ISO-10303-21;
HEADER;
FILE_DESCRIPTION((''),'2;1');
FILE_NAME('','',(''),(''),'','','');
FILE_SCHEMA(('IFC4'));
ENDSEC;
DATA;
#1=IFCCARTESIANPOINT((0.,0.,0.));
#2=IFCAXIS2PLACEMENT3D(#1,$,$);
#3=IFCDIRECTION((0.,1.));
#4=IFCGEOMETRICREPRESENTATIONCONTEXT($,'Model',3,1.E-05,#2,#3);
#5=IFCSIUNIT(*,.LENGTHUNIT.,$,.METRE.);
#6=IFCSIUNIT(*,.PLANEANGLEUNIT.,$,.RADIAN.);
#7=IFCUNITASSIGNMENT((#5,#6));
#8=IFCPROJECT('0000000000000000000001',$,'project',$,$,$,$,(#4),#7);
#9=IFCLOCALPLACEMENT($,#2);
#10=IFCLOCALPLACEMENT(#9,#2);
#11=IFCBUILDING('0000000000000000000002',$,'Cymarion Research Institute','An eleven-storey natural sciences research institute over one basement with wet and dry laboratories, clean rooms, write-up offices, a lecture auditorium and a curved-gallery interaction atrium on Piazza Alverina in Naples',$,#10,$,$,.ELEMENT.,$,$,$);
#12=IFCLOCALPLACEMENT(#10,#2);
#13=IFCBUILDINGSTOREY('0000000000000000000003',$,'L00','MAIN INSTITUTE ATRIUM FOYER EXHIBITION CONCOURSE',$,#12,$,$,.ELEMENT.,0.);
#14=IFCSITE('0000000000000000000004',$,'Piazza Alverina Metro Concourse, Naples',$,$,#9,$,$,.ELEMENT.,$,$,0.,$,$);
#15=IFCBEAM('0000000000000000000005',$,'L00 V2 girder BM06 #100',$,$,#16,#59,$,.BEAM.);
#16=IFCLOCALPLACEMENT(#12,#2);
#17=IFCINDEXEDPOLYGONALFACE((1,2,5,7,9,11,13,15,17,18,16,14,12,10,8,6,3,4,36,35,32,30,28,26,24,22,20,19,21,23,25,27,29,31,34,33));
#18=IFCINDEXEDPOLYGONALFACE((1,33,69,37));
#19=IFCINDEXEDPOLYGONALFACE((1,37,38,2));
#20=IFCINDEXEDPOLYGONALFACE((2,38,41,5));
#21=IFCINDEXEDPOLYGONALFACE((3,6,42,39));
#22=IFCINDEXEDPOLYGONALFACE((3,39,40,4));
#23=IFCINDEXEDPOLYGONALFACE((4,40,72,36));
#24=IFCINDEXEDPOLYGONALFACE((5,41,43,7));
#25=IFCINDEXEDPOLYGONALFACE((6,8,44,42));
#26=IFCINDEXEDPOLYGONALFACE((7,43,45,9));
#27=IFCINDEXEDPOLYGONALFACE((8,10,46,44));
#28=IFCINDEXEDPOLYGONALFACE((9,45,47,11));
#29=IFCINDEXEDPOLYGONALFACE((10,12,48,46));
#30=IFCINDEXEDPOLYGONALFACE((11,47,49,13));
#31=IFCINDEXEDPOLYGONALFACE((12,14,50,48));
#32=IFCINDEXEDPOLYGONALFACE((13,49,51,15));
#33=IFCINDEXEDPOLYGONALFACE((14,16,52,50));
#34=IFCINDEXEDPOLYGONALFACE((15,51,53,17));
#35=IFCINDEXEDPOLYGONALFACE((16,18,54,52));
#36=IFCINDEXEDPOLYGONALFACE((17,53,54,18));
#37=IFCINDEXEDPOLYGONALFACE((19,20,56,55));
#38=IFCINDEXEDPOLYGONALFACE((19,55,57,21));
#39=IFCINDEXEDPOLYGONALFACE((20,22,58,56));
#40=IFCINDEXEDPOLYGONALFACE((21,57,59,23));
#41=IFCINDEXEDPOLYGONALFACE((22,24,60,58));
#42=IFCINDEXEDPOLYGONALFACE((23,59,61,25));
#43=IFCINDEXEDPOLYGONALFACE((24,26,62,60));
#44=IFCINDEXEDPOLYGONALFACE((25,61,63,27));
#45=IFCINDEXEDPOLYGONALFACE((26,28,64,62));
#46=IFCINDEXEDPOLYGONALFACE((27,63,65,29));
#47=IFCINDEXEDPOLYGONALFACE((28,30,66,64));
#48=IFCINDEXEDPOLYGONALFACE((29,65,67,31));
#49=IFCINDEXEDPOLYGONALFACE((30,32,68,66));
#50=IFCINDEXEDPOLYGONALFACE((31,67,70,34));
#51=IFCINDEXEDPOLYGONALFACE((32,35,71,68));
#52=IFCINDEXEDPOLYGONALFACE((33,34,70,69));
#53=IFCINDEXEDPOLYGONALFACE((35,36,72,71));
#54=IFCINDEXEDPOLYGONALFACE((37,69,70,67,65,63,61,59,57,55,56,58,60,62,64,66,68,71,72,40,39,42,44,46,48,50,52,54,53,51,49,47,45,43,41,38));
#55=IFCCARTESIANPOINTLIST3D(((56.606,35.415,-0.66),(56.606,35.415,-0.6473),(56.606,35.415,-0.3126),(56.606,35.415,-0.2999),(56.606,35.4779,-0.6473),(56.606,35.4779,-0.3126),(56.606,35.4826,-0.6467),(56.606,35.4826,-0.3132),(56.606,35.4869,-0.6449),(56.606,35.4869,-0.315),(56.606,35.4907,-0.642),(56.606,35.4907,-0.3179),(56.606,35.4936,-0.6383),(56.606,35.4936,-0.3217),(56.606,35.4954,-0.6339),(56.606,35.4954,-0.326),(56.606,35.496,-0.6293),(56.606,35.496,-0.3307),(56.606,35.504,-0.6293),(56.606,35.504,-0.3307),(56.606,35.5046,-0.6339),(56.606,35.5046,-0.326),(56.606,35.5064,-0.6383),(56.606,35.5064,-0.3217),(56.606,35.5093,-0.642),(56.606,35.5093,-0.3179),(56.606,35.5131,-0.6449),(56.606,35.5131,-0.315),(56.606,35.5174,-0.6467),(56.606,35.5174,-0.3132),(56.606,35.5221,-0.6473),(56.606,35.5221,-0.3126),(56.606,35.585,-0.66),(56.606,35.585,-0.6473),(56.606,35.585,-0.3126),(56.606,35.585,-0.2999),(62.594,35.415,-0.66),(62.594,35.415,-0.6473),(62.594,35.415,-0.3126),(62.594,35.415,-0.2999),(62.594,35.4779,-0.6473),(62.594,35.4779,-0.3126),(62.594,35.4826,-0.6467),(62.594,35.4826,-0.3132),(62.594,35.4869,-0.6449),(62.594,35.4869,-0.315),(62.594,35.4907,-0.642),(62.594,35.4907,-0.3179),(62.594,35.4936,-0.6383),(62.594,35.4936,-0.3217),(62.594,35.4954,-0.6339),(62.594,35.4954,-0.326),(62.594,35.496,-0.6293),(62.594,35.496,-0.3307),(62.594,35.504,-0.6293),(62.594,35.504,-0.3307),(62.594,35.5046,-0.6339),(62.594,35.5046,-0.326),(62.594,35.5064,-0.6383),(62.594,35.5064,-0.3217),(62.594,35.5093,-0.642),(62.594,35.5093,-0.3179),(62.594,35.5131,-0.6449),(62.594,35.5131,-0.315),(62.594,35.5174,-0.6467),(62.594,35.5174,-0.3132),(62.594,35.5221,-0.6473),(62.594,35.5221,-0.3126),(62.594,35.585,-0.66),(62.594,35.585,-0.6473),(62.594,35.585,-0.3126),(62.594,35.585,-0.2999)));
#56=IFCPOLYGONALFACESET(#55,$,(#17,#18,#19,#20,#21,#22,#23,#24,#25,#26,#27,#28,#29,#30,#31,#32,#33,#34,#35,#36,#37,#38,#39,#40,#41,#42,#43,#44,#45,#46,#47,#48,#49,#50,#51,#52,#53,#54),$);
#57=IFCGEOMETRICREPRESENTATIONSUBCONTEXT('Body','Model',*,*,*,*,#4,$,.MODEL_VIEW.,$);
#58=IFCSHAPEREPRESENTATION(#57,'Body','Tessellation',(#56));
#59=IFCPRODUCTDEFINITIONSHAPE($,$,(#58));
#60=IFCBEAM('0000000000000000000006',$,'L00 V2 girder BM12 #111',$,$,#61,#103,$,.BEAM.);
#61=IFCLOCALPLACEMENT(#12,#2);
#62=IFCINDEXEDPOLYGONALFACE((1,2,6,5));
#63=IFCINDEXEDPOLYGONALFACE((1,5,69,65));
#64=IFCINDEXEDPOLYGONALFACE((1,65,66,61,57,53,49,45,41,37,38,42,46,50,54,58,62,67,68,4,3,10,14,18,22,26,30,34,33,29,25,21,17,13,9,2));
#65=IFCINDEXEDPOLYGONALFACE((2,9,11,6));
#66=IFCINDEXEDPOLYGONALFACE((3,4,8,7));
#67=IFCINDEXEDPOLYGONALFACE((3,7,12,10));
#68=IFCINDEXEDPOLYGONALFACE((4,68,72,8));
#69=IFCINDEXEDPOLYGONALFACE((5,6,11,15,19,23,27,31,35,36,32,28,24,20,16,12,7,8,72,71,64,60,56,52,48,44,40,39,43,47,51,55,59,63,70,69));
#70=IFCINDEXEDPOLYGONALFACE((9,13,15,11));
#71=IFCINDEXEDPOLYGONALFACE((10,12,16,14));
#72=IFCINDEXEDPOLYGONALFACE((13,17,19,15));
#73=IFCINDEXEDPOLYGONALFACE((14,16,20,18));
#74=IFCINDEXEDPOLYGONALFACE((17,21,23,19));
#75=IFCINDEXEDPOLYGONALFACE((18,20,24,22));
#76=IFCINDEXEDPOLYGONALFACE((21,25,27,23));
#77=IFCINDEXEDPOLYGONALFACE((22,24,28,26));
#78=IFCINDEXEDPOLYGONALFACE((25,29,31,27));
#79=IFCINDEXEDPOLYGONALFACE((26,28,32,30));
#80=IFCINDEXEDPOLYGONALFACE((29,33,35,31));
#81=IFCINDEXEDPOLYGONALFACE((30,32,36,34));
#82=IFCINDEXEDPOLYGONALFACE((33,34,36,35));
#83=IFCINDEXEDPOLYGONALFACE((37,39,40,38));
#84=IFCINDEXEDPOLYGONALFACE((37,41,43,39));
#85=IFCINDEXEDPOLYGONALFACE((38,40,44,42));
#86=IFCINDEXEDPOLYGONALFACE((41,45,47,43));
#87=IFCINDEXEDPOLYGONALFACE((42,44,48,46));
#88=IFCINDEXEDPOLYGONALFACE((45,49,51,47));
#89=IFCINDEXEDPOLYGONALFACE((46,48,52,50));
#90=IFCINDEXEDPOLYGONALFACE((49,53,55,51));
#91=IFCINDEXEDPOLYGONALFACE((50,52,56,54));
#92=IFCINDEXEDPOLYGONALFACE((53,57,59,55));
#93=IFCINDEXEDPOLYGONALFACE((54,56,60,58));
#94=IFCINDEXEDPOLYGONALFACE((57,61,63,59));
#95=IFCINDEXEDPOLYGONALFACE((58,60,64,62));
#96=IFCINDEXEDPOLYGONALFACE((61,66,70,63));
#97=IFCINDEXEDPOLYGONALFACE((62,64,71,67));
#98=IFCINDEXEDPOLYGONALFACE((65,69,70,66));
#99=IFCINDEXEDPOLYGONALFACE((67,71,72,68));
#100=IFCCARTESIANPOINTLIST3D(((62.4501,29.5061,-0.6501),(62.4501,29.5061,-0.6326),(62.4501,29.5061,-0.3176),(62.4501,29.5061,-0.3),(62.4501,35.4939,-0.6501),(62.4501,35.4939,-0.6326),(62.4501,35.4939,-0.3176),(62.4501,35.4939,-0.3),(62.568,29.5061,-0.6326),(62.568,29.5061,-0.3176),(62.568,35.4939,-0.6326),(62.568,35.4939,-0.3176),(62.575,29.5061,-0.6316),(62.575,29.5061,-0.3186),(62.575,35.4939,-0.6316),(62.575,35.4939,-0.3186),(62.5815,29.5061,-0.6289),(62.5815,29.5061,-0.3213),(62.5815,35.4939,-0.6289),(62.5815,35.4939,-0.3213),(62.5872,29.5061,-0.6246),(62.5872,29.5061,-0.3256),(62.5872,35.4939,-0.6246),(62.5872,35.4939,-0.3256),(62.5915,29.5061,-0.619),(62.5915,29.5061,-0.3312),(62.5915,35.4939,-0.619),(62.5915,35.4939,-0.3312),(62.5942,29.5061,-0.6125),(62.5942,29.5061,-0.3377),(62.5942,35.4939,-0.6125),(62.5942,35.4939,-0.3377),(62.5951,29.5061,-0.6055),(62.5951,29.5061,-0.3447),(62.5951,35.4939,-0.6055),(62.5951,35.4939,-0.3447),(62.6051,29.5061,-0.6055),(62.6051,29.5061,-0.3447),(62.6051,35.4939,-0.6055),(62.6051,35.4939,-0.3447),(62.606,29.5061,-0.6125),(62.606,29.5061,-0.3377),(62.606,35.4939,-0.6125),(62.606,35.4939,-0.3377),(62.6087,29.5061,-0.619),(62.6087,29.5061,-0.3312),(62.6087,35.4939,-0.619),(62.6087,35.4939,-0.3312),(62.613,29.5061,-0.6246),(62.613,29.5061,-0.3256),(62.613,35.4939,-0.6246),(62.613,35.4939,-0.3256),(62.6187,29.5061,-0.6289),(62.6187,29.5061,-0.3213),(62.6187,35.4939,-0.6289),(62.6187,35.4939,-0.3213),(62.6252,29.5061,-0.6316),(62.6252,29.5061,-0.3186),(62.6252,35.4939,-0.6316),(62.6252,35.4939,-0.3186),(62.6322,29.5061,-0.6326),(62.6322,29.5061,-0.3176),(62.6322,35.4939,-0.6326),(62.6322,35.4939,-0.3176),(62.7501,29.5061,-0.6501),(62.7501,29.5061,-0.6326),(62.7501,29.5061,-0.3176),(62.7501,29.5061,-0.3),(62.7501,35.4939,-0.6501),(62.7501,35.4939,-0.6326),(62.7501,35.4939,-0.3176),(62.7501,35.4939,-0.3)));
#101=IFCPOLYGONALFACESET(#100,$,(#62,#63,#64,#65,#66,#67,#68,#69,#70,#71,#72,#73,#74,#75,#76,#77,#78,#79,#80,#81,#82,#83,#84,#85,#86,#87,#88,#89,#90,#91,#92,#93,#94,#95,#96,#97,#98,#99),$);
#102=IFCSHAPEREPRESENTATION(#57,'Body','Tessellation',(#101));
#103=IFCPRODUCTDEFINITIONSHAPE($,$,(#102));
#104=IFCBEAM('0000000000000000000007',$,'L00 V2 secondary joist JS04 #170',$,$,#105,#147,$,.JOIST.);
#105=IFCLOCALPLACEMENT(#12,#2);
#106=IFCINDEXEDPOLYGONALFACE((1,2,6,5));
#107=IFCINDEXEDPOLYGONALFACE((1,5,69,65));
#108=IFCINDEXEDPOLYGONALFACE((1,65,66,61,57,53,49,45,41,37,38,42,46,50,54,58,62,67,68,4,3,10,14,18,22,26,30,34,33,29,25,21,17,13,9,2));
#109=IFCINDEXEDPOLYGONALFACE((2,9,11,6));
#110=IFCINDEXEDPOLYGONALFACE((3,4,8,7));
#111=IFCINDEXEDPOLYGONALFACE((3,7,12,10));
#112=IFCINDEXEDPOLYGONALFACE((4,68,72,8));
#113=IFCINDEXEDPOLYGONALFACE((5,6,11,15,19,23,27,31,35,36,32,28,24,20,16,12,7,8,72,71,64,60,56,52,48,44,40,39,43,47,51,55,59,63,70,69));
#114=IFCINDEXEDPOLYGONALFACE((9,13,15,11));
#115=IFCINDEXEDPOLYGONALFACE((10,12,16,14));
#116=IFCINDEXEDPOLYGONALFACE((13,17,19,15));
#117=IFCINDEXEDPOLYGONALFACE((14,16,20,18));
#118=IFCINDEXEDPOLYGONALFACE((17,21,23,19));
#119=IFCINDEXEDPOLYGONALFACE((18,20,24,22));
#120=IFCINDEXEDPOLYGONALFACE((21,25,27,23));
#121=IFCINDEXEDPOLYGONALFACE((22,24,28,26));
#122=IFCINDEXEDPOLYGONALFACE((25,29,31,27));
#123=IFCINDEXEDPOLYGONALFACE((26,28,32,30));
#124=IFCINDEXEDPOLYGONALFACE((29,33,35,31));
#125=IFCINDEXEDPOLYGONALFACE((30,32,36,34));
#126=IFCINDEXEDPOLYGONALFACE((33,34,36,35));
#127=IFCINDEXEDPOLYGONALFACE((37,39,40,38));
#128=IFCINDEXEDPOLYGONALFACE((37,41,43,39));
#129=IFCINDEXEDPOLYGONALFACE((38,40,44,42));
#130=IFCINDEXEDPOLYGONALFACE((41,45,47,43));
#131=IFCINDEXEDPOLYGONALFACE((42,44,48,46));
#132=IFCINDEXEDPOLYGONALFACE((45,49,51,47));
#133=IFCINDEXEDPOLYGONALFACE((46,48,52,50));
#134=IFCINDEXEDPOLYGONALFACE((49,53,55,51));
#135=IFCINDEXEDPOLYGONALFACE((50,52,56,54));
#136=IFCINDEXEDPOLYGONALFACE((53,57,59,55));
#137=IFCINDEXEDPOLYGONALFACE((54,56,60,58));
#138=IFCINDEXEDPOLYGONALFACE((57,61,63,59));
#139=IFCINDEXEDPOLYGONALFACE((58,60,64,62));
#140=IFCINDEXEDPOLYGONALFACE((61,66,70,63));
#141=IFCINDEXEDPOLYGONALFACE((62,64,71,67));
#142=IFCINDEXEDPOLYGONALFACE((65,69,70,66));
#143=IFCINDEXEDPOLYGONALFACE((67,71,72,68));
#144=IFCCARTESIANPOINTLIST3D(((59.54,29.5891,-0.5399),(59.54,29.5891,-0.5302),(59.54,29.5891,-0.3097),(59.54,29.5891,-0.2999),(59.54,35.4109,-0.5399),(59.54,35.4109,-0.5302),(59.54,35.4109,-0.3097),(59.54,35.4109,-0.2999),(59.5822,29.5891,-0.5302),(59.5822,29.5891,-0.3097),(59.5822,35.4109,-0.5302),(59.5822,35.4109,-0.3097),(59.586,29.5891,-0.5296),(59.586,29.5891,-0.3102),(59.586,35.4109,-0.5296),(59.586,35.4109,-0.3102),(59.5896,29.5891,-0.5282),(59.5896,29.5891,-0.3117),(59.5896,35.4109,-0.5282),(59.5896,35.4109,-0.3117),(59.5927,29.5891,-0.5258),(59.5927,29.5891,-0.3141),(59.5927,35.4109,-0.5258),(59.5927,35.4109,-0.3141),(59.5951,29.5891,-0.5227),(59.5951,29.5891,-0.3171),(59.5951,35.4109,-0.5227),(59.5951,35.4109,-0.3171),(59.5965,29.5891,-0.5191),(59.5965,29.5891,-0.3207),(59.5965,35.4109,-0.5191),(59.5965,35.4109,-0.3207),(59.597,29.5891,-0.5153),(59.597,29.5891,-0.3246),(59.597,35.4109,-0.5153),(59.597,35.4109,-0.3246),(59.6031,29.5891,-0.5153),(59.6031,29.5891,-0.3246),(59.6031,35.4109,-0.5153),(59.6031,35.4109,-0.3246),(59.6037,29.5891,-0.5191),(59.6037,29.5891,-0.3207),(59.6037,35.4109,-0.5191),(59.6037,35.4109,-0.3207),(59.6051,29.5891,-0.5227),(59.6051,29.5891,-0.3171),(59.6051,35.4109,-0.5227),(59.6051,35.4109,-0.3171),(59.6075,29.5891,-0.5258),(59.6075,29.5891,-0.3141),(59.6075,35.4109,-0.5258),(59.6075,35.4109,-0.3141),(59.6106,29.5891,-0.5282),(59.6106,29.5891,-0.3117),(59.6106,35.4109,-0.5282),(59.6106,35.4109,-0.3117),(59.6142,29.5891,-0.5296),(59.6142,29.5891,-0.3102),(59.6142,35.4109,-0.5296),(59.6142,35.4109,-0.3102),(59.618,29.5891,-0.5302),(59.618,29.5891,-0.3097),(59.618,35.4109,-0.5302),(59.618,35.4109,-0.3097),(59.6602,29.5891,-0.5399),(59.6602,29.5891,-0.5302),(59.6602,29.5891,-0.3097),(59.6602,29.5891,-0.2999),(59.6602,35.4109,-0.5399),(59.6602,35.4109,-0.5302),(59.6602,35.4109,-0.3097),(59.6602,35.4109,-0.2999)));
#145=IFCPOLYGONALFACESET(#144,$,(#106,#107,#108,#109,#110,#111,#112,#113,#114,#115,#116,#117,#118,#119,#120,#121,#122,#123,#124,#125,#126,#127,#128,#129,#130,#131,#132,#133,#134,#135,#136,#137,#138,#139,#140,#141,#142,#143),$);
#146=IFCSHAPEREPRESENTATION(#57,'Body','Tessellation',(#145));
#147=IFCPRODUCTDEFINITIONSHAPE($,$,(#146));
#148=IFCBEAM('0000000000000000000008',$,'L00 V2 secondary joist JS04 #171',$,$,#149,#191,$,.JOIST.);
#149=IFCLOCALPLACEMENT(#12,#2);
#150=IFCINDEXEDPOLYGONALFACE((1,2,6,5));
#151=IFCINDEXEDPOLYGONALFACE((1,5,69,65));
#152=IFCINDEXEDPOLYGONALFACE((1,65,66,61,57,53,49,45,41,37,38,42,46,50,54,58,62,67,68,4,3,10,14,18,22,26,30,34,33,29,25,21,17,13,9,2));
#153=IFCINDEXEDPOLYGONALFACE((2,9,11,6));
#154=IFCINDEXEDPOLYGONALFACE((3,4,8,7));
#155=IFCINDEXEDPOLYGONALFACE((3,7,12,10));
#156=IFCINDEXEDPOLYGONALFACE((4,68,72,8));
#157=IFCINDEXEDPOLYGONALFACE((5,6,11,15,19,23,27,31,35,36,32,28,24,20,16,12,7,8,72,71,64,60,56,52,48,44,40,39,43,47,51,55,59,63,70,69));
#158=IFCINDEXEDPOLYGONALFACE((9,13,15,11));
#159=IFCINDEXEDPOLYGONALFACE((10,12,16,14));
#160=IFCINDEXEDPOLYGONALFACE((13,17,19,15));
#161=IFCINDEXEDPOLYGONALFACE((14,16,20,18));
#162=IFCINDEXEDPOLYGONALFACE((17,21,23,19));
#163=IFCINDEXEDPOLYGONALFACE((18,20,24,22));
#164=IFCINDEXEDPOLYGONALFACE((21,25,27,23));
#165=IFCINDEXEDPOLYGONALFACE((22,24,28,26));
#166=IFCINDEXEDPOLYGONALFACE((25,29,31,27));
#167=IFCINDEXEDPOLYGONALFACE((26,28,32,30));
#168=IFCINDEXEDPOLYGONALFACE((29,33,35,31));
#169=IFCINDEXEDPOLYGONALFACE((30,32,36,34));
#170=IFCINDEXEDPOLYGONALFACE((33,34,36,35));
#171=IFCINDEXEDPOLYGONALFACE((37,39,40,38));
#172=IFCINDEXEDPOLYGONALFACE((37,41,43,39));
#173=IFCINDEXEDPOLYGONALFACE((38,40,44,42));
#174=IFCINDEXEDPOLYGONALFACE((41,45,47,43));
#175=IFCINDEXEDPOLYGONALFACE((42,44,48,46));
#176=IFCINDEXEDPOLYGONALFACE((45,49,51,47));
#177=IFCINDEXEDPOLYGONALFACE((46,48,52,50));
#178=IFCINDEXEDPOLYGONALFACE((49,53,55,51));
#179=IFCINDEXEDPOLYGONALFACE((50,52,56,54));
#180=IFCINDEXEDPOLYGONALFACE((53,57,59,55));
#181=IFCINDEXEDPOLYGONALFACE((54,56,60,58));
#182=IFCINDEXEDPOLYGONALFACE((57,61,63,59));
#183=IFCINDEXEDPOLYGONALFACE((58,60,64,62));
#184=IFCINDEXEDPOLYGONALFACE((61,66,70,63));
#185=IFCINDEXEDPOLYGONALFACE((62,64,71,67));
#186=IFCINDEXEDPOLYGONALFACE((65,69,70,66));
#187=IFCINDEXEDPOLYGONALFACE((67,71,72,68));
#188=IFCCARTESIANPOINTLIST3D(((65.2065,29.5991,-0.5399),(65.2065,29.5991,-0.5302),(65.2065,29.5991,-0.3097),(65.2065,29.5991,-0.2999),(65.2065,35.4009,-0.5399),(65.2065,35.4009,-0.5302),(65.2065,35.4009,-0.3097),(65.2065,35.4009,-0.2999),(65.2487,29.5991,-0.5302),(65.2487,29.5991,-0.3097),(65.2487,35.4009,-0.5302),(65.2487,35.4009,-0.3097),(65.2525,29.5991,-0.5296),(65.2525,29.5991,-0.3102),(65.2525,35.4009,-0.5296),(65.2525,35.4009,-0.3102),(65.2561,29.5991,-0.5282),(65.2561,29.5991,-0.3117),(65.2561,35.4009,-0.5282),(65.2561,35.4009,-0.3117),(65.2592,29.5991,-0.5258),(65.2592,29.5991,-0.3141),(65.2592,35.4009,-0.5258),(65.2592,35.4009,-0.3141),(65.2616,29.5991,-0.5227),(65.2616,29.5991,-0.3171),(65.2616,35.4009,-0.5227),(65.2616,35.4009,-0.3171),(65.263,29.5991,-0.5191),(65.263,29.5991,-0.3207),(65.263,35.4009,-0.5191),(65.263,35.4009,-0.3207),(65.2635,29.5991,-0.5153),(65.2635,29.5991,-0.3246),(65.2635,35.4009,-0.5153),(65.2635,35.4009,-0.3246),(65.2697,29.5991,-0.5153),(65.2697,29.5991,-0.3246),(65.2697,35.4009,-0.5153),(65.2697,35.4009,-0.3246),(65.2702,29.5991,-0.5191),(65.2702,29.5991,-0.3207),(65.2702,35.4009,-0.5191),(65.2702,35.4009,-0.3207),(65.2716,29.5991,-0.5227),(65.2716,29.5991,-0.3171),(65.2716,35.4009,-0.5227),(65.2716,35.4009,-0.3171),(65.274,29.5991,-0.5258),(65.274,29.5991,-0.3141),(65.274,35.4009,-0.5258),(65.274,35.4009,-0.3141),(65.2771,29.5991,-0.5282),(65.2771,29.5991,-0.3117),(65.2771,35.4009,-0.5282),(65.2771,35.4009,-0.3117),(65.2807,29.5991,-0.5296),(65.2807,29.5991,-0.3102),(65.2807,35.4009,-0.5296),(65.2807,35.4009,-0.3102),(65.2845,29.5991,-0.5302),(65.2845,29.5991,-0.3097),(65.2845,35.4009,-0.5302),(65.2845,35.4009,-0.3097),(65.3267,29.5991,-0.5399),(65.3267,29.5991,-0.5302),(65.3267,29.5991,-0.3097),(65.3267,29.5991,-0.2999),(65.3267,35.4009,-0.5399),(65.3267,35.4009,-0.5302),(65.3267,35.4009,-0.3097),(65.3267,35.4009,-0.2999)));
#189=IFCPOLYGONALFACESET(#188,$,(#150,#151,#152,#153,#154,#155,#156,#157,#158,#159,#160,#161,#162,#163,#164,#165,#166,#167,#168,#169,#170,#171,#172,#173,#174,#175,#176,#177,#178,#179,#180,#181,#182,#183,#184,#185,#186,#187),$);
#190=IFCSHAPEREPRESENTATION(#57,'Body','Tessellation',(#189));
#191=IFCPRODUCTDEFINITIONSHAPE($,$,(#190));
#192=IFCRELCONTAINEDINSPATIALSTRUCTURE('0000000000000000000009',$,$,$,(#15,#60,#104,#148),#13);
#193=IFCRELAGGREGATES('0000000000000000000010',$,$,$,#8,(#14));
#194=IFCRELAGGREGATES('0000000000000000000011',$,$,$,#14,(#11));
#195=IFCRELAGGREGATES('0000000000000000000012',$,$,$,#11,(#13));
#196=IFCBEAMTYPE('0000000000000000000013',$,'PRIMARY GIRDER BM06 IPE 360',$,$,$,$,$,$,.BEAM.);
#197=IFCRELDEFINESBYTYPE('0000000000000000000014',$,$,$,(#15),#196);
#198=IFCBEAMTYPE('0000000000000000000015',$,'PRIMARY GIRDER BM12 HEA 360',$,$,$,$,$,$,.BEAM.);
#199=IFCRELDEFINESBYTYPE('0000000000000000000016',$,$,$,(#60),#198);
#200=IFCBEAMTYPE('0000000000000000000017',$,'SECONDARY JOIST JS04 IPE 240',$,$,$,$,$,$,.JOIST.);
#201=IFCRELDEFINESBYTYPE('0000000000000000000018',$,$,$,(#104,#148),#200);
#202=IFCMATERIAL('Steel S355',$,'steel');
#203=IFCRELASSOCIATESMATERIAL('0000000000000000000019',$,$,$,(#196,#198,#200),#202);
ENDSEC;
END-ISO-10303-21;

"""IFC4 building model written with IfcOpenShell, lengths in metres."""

from ifc_helpers import new_model, si_unit, direction, frame, origin, origin_2d, place, context, subcontext, project, spatial, i_section, extrude, material, material_profile, profile_set, type_object, element, save


model = new_model("IFC4")

# Units and contexts
model_context = context("Model", 3, precision=1e-05, world=origin(), true_north=direction((0.0, 1.0)))
body_context = subcontext(model_context, "Body", "Model", "MODEL_VIEW")
ifc_project = project(units=[si_unit("LENGTHUNIT", "METRE"), si_unit("PLANEANGLEUNIT", "RADIAN")], contexts=[model_context])

# Site, building, storey
site_placement = place(None, origin())
site = spatial("IfcSite", under=ifc_project, at=site_placement, Name="Piazza Alverina Metro Concourse, Naples", CompositionType="ELEMENT", RefElevation=0.0)
building_placement = place(site_placement, origin())
building = spatial("IfcBuilding", under=site, at=building_placement, Name="Cymarion Research Institute", Description="An eleven-storey natural sciences research institute over one basement with wet and dry laboratories, clean rooms, write-up offices, a lecture auditorium and a curved-gallery interaction atrium on Piazza Alverina in Naples", CompositionType="ELEMENT")
storey_placement = place(building_placement, origin())
storey = spatial("IfcBuildingStorey", under=building, at=storey_placement, Name="L00", Description="MAIN INSTITUTE ATRIUM FOYER EXHIBITION CONCOURSE", CompositionType="ELEMENT", Elevation=0.0)

# Shared definitions
ifc_material = material(Name="Steel S355", Category="steel")

# Beams
ifc_material_profile_1 = material_profile(ifc_material, i_section(OverallWidth=0.1699, OverallDepth=0.3601, WebThickness=0.0081, FlangeThickness=0.0127, FilletRadius=0.0181, at=origin_2d()), Name="IPE 360")
ifc_profile_set_1 = profile_set([ifc_material_profile_1], Name="Steel S355")
beam_type_1 = type_object("IfcBeamType", Name="PRIMARY GIRDER BM06 IPE 360", PredefinedType="BEAM", material=ifc_profile_set_1)
beam_1_placement = place(storey_placement, frame((56.606, 35.5, -0.48), z_axis=(1.0, 0.0, 0.0), x_axis=(0.0, 1.0, 0.0)))
element("IfcBeam", 1, at=beam_1_placement, inside=storey, type_object=beam_type_1, Name="L00 V2 girder BM06 #100", PredefinedType="BEAM", context=body_context, shape_type="SweptSolid", body=[
    extrude(i_section(OverallWidth=0.1699, OverallDepth=0.3601, WebThickness=0.0081, FlangeThickness=0.0127, FilletRadius=0.0181, at=origin_2d()), origin(), (0.0, 0.0, 1.0), 5.988),
])
ifc_material_profile_2 = material_profile(ifc_material, i_section(OverallWidth=0.3, OverallDepth=0.3501, WebThickness=0.01, FlangeThickness=0.0176, FilletRadius=0.0271, at=origin_2d()), Name="HEA 360")
ifc_profile_set_2 = profile_set([ifc_material_profile_2], Name="Steel S355")
beam_type_2 = type_object("IfcBeamType", Name="PRIMARY GIRDER BM12 HEA 360", PredefinedType="BEAM", material=ifc_profile_set_2)
beam_2_placement = place(storey_placement, frame((62.6001, 29.5061, -0.4751), z_axis=(0.0, 1.0, 0.0), x_axis=(-1.0, 0.0, 0.0)))
element("IfcBeam", 2, at=beam_2_placement, inside=storey, type_object=beam_type_2, Name="L00 V2 girder BM12 #111", PredefinedType="BEAM", context=body_context, shape_type="SweptSolid", body=[
    extrude(i_section(OverallWidth=0.3, OverallDepth=0.3501, WebThickness=0.01, FlangeThickness=0.0176, FilletRadius=0.0271, at=origin_2d()), origin(), (0.0, 0.0, 1.0), 5.9878),
])
ifc_material_profile_3 = material_profile(ifc_material, i_section(OverallWidth=0.1201, OverallDepth=0.24, WebThickness=0.0061, FlangeThickness=0.0098, FilletRadius=0.0149, at=origin_2d()), Name="IPE 240")
ifc_profile_set_3 = profile_set([ifc_material_profile_3], Name="Steel S355")
beam_type_3 = type_object("IfcBeamType", Name="SECONDARY JOIST JS04 IPE 240", PredefinedType="JOIST", material=ifc_profile_set_3)
beam_3_placement = place(storey_placement, frame((59.6001, 29.5891, -0.4199), z_axis=(0.0, 1.0, 0.0), x_axis=(-1.0, 0.0, 0.0)))
element("IfcBeam", 3, at=beam_3_placement, inside=storey, type_object=beam_type_3, Name="L00 V2 secondary joist JS04 #170", PredefinedType="JOIST", context=body_context, shape_type="SweptSolid", body=[
    extrude(i_section(OverallWidth=0.1201, OverallDepth=0.24, WebThickness=0.0061, FlangeThickness=0.0098, FilletRadius=0.0149, at=origin_2d()), origin(), (0.0, 0.0, 1.0), 5.8218),
])
for number, where, z_axis, x_axis, name in (
    (4, (65.2666, 29.5991, -0.4199), (0.0, 1.0, 0.0), (-1.0, 0.0, 0.0), "L00 V2 secondary joist JS04 #171"),
):
    element("IfcBeam", number, at=place(storey_placement, frame(where, z_axis=z_axis, x_axis=x_axis)), inside=storey, type_object=beam_type_3, Name=name, PredefinedType="JOIST", context=body_context, shape_type="SweptSolid", body=[
        extrude(i_section(OverallWidth=0.1201, OverallDepth=0.24, WebThickness=0.0061, FlangeThickness=0.0098, FilletRadius=0.0149, at=origin_2d()), origin(), (0.0, 0.0, 1.0), 5.8018),
    ])

save(model, "model.ifc")
